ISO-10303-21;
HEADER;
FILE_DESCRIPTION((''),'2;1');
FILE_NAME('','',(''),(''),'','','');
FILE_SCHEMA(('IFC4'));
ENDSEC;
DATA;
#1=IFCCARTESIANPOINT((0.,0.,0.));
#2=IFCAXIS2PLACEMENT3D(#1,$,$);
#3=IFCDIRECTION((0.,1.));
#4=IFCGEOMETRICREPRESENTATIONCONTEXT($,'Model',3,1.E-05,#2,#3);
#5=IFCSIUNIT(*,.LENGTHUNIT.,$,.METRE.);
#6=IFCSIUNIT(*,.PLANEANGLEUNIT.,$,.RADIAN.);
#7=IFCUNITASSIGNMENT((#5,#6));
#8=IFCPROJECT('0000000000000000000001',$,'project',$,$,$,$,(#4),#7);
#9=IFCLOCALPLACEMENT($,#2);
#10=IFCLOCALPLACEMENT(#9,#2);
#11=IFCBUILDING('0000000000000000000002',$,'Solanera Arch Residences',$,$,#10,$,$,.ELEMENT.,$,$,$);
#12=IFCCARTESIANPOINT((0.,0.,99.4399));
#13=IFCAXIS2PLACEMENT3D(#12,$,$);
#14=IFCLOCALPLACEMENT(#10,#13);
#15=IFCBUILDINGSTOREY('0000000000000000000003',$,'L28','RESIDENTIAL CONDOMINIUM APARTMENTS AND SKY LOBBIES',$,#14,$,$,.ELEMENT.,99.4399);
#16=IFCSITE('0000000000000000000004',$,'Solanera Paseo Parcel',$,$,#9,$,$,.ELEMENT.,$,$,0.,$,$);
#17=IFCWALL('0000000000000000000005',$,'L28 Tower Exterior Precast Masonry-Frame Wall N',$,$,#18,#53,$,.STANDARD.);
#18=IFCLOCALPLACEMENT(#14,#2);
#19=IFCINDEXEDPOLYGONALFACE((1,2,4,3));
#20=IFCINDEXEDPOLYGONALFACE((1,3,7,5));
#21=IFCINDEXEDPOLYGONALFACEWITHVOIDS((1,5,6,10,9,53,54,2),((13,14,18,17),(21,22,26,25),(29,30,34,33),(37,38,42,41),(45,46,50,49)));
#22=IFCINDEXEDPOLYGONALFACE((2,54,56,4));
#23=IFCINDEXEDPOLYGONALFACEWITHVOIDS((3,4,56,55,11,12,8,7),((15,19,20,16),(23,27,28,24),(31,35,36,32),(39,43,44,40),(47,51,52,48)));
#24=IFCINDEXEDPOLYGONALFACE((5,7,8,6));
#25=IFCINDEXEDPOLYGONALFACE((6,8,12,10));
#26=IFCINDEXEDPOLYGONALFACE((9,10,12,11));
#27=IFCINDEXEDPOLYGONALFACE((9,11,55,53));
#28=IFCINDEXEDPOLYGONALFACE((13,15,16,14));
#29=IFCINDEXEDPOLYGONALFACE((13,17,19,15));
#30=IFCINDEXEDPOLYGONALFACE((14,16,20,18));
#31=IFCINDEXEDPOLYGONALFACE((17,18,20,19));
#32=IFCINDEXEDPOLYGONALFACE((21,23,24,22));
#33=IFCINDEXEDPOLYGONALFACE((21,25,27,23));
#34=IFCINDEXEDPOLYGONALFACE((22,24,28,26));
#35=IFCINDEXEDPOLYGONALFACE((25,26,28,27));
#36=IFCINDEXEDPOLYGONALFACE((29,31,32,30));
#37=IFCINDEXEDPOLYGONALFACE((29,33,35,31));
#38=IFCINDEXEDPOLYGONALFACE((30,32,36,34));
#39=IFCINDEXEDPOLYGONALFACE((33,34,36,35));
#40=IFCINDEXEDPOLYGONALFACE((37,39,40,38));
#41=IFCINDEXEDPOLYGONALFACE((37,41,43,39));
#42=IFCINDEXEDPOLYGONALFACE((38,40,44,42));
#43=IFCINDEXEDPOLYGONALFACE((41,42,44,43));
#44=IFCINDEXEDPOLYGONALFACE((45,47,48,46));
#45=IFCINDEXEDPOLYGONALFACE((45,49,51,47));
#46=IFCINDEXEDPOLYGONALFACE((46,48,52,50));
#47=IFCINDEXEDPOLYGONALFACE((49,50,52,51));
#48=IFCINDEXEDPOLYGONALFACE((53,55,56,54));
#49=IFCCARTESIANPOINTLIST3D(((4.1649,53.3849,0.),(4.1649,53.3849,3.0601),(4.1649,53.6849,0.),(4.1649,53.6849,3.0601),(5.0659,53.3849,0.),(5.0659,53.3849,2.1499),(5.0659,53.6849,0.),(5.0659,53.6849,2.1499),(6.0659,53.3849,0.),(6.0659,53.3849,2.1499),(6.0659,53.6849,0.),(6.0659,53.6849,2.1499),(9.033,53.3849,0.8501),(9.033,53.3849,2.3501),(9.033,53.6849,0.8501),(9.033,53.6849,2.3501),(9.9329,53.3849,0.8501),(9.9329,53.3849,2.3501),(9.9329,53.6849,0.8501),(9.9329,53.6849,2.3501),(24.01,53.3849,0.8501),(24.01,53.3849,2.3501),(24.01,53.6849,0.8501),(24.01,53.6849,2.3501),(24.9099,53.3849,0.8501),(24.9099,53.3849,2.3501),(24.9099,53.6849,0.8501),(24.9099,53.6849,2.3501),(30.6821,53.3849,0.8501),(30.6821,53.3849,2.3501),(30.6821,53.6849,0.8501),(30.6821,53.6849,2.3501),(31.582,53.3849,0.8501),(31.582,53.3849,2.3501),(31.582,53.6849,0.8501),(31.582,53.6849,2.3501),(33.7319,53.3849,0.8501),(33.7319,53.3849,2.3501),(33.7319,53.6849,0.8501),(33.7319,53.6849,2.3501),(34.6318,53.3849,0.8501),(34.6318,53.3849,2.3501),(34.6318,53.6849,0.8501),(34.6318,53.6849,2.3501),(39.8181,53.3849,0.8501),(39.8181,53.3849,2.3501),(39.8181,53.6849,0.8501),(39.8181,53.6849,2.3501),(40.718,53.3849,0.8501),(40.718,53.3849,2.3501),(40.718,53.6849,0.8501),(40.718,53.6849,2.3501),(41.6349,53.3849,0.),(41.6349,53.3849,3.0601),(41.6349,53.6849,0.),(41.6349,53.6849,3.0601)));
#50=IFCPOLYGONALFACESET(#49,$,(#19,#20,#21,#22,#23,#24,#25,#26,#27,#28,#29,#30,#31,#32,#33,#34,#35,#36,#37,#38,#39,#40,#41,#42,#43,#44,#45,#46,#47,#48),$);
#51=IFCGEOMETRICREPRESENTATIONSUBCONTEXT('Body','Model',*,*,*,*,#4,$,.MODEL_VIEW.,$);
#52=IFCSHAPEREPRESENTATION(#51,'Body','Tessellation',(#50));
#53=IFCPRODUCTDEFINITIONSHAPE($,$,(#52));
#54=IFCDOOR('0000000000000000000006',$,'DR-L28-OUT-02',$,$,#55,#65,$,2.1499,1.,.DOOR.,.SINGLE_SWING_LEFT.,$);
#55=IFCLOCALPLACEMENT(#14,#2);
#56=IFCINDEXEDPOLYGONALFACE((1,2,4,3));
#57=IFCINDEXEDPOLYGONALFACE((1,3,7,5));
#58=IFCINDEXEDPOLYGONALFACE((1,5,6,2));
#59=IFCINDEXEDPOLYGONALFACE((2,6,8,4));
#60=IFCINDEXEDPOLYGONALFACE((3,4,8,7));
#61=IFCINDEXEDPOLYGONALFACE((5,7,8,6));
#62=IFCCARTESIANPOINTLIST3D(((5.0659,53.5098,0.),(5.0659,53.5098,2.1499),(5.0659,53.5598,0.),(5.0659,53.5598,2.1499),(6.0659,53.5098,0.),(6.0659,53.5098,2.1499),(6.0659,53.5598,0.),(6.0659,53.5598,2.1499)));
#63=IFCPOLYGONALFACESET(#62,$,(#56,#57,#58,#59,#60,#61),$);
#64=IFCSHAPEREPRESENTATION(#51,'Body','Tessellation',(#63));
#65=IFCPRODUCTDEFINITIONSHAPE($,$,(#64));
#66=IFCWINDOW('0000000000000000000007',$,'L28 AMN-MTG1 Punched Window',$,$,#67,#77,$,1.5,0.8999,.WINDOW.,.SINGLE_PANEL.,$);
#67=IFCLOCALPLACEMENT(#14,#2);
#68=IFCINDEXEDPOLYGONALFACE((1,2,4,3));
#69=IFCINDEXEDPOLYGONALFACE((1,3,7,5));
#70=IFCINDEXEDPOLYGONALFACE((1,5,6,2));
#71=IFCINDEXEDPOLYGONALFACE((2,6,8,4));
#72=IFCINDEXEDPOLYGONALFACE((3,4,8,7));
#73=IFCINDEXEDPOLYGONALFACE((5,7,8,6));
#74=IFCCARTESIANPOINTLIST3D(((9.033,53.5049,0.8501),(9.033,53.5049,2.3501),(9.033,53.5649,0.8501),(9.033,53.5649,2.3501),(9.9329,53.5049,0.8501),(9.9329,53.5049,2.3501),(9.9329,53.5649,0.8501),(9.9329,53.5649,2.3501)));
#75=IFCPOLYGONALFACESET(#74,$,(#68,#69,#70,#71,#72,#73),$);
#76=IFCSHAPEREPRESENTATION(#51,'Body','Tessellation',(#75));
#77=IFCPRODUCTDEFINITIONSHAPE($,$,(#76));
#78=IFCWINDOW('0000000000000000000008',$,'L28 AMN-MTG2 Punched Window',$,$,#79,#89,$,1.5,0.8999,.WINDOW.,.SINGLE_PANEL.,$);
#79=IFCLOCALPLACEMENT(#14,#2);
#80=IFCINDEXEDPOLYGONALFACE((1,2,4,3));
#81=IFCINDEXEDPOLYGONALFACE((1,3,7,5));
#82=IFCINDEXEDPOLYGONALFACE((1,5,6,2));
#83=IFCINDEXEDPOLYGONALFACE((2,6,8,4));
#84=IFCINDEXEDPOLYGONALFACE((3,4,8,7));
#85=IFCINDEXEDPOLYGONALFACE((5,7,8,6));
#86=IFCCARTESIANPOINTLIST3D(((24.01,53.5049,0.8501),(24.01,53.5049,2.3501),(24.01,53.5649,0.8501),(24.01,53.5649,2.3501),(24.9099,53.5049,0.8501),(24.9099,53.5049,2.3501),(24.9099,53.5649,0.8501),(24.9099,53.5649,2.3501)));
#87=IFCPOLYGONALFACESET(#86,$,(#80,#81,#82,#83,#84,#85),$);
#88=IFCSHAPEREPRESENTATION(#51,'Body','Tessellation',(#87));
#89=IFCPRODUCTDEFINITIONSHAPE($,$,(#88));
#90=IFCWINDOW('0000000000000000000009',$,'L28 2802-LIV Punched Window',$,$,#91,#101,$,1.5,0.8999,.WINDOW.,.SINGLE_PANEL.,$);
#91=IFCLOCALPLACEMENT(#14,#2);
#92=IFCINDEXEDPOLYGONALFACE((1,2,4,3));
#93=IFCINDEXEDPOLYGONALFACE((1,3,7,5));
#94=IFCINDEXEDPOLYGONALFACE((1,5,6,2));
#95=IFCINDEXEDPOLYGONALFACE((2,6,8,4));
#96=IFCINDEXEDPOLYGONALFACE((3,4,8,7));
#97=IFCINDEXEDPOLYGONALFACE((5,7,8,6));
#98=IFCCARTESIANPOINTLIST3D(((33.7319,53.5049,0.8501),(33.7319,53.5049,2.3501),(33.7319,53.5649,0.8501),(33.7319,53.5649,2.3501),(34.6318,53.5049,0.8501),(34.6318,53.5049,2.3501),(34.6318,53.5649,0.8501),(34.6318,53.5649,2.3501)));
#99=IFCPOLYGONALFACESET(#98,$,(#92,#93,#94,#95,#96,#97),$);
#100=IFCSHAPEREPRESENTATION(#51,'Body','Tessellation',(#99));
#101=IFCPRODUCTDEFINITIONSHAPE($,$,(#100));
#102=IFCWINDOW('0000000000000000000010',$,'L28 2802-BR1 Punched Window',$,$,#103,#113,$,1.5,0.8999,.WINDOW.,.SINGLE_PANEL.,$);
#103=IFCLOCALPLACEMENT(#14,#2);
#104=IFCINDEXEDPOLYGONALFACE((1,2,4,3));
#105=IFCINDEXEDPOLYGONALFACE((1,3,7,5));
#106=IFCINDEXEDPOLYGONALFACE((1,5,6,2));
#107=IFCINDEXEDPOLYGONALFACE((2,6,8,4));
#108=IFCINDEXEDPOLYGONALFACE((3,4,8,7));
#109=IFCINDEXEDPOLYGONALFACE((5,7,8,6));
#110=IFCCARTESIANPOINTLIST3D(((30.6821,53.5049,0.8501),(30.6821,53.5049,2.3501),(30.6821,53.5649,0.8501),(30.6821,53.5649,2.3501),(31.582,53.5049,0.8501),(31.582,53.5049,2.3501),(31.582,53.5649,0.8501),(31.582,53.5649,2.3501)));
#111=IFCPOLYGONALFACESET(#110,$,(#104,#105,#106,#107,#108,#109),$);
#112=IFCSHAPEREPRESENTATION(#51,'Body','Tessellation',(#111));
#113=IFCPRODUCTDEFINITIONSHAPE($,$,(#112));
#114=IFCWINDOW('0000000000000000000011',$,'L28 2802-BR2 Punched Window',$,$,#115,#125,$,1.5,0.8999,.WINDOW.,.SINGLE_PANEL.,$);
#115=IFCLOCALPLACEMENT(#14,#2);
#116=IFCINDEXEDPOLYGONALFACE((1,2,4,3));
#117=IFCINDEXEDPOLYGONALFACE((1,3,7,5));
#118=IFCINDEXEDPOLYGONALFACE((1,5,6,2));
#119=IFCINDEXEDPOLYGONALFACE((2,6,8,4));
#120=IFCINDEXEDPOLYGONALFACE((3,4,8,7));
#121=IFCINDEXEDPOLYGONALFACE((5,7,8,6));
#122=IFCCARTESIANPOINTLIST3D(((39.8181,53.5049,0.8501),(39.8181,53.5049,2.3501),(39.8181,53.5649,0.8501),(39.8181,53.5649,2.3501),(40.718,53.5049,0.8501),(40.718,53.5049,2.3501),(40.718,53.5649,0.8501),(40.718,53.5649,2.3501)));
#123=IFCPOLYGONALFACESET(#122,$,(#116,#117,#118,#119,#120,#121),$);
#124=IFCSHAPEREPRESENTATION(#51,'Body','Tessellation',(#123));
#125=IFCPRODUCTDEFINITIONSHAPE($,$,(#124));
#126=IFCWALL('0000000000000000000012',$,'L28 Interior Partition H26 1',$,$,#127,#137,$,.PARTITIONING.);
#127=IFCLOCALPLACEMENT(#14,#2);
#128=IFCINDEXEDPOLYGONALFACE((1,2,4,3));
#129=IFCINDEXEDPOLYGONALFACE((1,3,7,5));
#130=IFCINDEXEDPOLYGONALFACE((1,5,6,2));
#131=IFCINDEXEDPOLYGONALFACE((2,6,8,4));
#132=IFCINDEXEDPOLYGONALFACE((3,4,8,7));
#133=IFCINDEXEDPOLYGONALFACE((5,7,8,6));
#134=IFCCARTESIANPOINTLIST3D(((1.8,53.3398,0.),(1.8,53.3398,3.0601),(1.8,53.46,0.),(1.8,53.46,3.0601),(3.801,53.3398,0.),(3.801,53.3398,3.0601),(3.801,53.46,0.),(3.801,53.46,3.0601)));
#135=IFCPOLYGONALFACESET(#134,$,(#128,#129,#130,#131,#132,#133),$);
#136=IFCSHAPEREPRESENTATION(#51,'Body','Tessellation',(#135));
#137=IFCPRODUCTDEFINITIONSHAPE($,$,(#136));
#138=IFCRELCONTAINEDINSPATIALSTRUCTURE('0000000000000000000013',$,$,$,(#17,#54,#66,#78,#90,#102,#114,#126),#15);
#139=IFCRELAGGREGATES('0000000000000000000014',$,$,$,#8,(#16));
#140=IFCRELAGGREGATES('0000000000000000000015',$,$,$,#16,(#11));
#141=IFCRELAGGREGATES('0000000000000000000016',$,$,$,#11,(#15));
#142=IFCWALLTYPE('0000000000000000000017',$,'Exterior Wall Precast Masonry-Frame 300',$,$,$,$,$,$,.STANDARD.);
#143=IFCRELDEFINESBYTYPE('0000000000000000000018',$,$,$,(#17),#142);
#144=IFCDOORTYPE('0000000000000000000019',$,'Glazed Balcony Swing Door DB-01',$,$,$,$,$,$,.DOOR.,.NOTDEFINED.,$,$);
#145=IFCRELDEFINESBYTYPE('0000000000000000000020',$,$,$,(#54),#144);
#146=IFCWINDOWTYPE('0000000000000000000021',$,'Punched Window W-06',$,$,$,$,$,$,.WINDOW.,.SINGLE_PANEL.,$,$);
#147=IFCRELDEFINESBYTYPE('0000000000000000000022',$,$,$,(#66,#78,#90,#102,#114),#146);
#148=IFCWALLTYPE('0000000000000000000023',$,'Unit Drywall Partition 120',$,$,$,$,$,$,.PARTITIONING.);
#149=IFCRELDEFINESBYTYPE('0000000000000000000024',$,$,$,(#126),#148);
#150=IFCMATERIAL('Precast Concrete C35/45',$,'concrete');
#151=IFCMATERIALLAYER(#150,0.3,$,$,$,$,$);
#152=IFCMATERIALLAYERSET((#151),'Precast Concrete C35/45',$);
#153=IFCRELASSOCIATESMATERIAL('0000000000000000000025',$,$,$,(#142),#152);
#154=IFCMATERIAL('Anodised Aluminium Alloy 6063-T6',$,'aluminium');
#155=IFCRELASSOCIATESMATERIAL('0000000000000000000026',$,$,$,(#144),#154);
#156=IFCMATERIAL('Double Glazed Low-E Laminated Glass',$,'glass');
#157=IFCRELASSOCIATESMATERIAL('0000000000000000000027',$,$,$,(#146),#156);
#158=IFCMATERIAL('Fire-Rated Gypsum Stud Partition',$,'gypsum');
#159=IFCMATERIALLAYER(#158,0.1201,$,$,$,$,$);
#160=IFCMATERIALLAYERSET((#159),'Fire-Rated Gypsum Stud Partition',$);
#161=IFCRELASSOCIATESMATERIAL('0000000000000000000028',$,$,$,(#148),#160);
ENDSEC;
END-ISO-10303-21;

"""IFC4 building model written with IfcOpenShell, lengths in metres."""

from ifc_helpers import new_model, si_unit, direction, frame, frame_2d, origin, place, context, subcontext, project, spatial, rectangle, extrude, material, layer, layer_set, type_object, element, fill, save


model = new_model("IFC4")

# Units and contexts
model_context = context("Model", 3, precision=1e-05, world=origin(), true_north=direction((0.0, 1.0)))
body_context = subcontext(model_context, "Body", "Model", "MODEL_VIEW")
ifc_project = project(units=[si_unit("LENGTHUNIT", "METRE"), si_unit("PLANEANGLEUNIT", "RADIAN")], contexts=[model_context])

# Site, building, storey
site_placement = place(None, origin())
site = spatial("IfcSite", under=ifc_project, at=site_placement, Name="Solanera Paseo Parcel", CompositionType="ELEMENT", RefElevation=0.0)
building_placement = place(site_placement, origin())
building = spatial("IfcBuilding", under=site, at=building_placement, Name="Solanera Arch Residences", CompositionType="ELEMENT")
storey_placement = place(building_placement, frame((0.0, 0.0, 99.4399)))
storey = spatial("IfcBuildingStorey", under=building, at=storey_placement, Name="L28", Description="RESIDENTIAL CONDOMINIUM APARTMENTS AND SKY LOBBIES", CompositionType="ELEMENT", Elevation=99.4399)

# Wall, openings, door, windows
ifc_material_1 = material(Name="Precast Concrete C35/45", Category="concrete")
ifc_layer_1 = layer(ifc_material_1, 0.3)
ifc_layer_set_1 = layer_set([ifc_layer_1], Name="Precast Concrete C35/45")
wall_type_1 = type_object("IfcWallType", Name="Exterior Wall Precast Masonry-Frame 300", PredefinedType="STANDARD", material=ifc_layer_set_1)
wall_1_placement = place(storey_placement, frame((4.165, 53.5349, 0.0), z_axis=(0.0, 0.0, 1.0), x_axis=(1.0, 0.0, 0.0)))
wall_1 = element("IfcWall", 1, at=wall_1_placement, inside=storey, type_object=wall_type_1, Name="L28 Tower Exterior Precast Masonry-Frame Wall N", PredefinedType="STANDARD", context=body_context, shape_type="SweptSolid", body=[
    extrude(rectangle(XDim=37.47, YDim=0.3, at=frame_2d((18.7349, 0.0))), origin(), (0.0, 0.0, 1.0), 3.0601),
])
opening_1_placement = place(wall_1_placement, frame((0.9009, 0.0, 0.0)))
opening_1 = element("IfcOpeningElement", 2, at=opening_1_placement, cuts=wall_1, PredefinedType="OPENING", context=body_context, shape_type="SweptSolid", body=[
    extrude(rectangle(XDim=1.0, YDim=2.1499, at=frame_2d((0.5, 1.075))), frame((0.0, 0.1599, 0.0), z_axis=(0.0, -1.0, 0.0), x_axis=(1.0, 0.0, 0.0)), (0.0, 0.0, 1.0), 0.32),
])
opening_2_placement = place(wall_1_placement, frame((4.8679, 0.0, 0.8501)))
opening_2 = element("IfcOpeningElement", 3, at=opening_2_placement, cuts=wall_1, PredefinedType="OPENING", context=body_context, shape_type="SweptSolid", body=[
    extrude(rectangle(XDim=0.8999, YDim=1.5, at=frame_2d((0.45, 0.75))), frame((0.0, 0.1599, 0.0), z_axis=(0.0, -1.0, 0.0), x_axis=(1.0, 0.0, 0.0)), (0.0, 0.0, 1.0), 0.32),
])
opening_3_placement = place(wall_1_placement, frame((19.845, 0.0, 0.8501)))
opening_3 = element("IfcOpeningElement", 4, at=opening_3_placement, cuts=wall_1, PredefinedType="OPENING", context=body_context, shape_type="SweptSolid", body=[
    extrude(rectangle(XDim=0.8999, YDim=1.5, at=frame_2d((0.45, 0.75))), frame((0.0, 0.1599, 0.0), z_axis=(0.0, -1.0, 0.0), x_axis=(1.0, 0.0, 0.0)), (0.0, 0.0, 1.0), 0.32),
])
opening_4_placement = place(wall_1_placement, frame((29.5669, 0.0, 0.8501)))
opening_4 = element("IfcOpeningElement", 5, at=opening_4_placement, cuts=wall_1, PredefinedType="OPENING", context=body_context, shape_type="SweptSolid", body=[
    extrude(rectangle(XDim=0.8999, YDim=1.5, at=frame_2d((0.45, 0.75))), frame((0.0, 0.1599, 0.0), z_axis=(0.0, -1.0, 0.0), x_axis=(1.0, 0.0, 0.0)), (0.0, 0.0, 1.0), 0.32),
])
opening_5_placement = place(wall_1_placement, frame((26.5171, 0.0, 0.8501)))
opening_5 = element("IfcOpeningElement", 6, at=opening_5_placement, cuts=wall_1, PredefinedType="OPENING", context=body_context, shape_type="SweptSolid", body=[
    extrude(rectangle(XDim=0.8999, YDim=1.5, at=frame_2d((0.45, 0.75))), frame((0.0, 0.1599, 0.0), z_axis=(0.0, -1.0, 0.0), x_axis=(1.0, 0.0, 0.0)), (0.0, 0.0, 1.0), 0.32),
])
opening_6_placement = place(wall_1_placement, frame((35.6531, 0.0, 0.8501)))
opening_6 = element("IfcOpeningElement", 7, at=opening_6_placement, cuts=wall_1, PredefinedType="OPENING", context=body_context, shape_type="SweptSolid", body=[
    extrude(rectangle(XDim=0.8999, YDim=1.5, at=frame_2d((0.45, 0.75))), frame((0.0, 0.1599, 0.0), z_axis=(0.0, -1.0, 0.0), x_axis=(1.0, 0.0, 0.0)), (0.0, 0.0, 1.0), 0.32),
])
ifc_material_2 = material(Name="Anodised Aluminium Alloy 6063-T6", Category="aluminium")
door_type = type_object("IfcDoorType", Name="Glazed Balcony Swing Door DB-01", OperationType="NOTDEFINED", PredefinedType="DOOR", material=ifc_material_2)
door_placement = place(opening_1_placement, origin())
door = element("IfcDoor", 8, at=door_placement, inside=storey, type_object=door_type, Name="DR-L28-OUT-02", OperationType="SINGLE_SWING_LEFT", OverallHeight=2.1499, OverallWidth=1.0, PredefinedType="DOOR", context=body_context, shape_type="SweptSolid", body=[
    extrude(rectangle(XDim=1.0, YDim=2.1499, at=frame_2d((0.5, 1.075))), frame((0.0, 0.0249, 0.0), z_axis=(0.0, -1.0, 0.0), x_axis=(1.0, 0.0, 0.0)), (0.0, 0.0, 1.0), 0.05),
])
fill(opening_1, door)
ifc_material_3 = material(Name="Double Glazed Low-E Laminated Glass", Category="glass")
window_type = type_object("IfcWindowType", Name="Punched Window W-06", PartitioningType="SINGLE_PANEL", PredefinedType="WINDOW", material=ifc_material_3)
window_1_placement = place(opening_2_placement, origin())
window_1 = element("IfcWindow", 9, at=window_1_placement, inside=storey, type_object=window_type, Name="L28 AMN-MTG1 Punched Window", OverallHeight=1.5, OverallWidth=0.8999, PartitioningType="SINGLE_PANEL", PredefinedType="WINDOW", context=body_context, shape_type="SweptSolid", body=[
    extrude(rectangle(XDim=0.8999, YDim=1.5, at=frame_2d((0.45, 0.75))), frame((0.0, 0.03, 0.0), z_axis=(0.0, -1.0, 0.0), x_axis=(1.0, 0.0, 0.0)), (0.0, 0.0, 1.0), 0.0601),
])
fill(opening_2, window_1)
window_2_placement = place(opening_3_placement, origin())
window_2 = element("IfcWindow", 10, at=window_2_placement, inside=storey, type_object=window_type, Name="L28 AMN-MTG2 Punched Window", OverallHeight=1.5, OverallWidth=0.8999, PartitioningType="SINGLE_PANEL", PredefinedType="WINDOW", context=body_context, shape_type="SweptSolid", body=[
    extrude(rectangle(XDim=0.8999, YDim=1.5, at=frame_2d((0.45, 0.75))), frame((0.0, 0.03, 0.0), z_axis=(0.0, -1.0, 0.0), x_axis=(1.0, 0.0, 0.0)), (0.0, 0.0, 1.0), 0.0601),
])
fill(opening_3, window_2)
window_3_placement = place(opening_4_placement, origin())
window_3 = element("IfcWindow", 11, at=window_3_placement, inside=storey, type_object=window_type, Name="L28 2802-LIV Punched Window", OverallHeight=1.5, OverallWidth=0.8999, PartitioningType="SINGLE_PANEL", PredefinedType="WINDOW", context=body_context, shape_type="SweptSolid", body=[
    extrude(rectangle(XDim=0.8999, YDim=1.5, at=frame_2d((0.45, 0.75))), frame((0.0, 0.03, 0.0), z_axis=(0.0, -1.0, 0.0), x_axis=(1.0, 0.0, 0.0)), (0.0, 0.0, 1.0), 0.0601),
])
fill(opening_4, window_3)
window_4_placement = place(opening_5_placement, origin())
window_4 = element("IfcWindow", 12, at=window_4_placement, inside=storey, type_object=window_type, Name="L28 2802-BR1 Punched Window", OverallHeight=1.5, OverallWidth=0.8999, PartitioningType="SINGLE_PANEL", PredefinedType="WINDOW", context=body_context, shape_type="SweptSolid", body=[
    extrude(rectangle(XDim=0.8999, YDim=1.5, at=frame_2d((0.45, 0.75))), frame((0.0, 0.03, 0.0), z_axis=(0.0, -1.0, 0.0), x_axis=(1.0, 0.0, 0.0)), (0.0, 0.0, 1.0), 0.0601),
])
fill(opening_5, window_4)
window_5_placement = place(opening_6_placement, origin())
window_5 = element("IfcWindow", 13, at=window_5_placement, inside=storey, type_object=window_type, Name="L28 2802-BR2 Punched Window", OverallHeight=1.5, OverallWidth=0.8999, PartitioningType="SINGLE_PANEL", PredefinedType="WINDOW", context=body_context, shape_type="SweptSolid", body=[
    extrude(rectangle(XDim=0.8999, YDim=1.5, at=frame_2d((0.45, 0.75))), frame((0.0, 0.03, 0.0), z_axis=(0.0, -1.0, 0.0), x_axis=(1.0, 0.0, 0.0)), (0.0, 0.0, 1.0), 0.0601),
])
fill(opening_6, window_5)

# Wall
ifc_material_4 = material(Name="Fire-Rated Gypsum Stud Partition", Category="gypsum")
ifc_layer_2 = layer(ifc_material_4, 0.1201)
ifc_layer_set_2 = layer_set([ifc_layer_2], Name="Fire-Rated Gypsum Stud Partition")
wall_type_2 = type_object("IfcWallType", Name="Unit Drywall Partition 120", PredefinedType="PARTITIONING", material=ifc_layer_set_2)
wall_2_placement = place(storey_placement, frame((1.8, 53.3999, 0.0), z_axis=(0.0, 0.0, 1.0), x_axis=(1.0, 0.0, 0.0)))
element("IfcWall", 14, at=wall_2_placement, inside=storey, type_object=wall_type_2, Name="L28 Interior Partition H26 1", PredefinedType="PARTITIONING", context=body_context, shape_type="SweptSolid", body=[
    extrude(rectangle(XDim=2.001, YDim=0.1201, at=frame_2d((1.0005, 0.0))), origin(), (0.0, 0.0, 1.0), 3.0601),
])

save(model, "model.ifc")
